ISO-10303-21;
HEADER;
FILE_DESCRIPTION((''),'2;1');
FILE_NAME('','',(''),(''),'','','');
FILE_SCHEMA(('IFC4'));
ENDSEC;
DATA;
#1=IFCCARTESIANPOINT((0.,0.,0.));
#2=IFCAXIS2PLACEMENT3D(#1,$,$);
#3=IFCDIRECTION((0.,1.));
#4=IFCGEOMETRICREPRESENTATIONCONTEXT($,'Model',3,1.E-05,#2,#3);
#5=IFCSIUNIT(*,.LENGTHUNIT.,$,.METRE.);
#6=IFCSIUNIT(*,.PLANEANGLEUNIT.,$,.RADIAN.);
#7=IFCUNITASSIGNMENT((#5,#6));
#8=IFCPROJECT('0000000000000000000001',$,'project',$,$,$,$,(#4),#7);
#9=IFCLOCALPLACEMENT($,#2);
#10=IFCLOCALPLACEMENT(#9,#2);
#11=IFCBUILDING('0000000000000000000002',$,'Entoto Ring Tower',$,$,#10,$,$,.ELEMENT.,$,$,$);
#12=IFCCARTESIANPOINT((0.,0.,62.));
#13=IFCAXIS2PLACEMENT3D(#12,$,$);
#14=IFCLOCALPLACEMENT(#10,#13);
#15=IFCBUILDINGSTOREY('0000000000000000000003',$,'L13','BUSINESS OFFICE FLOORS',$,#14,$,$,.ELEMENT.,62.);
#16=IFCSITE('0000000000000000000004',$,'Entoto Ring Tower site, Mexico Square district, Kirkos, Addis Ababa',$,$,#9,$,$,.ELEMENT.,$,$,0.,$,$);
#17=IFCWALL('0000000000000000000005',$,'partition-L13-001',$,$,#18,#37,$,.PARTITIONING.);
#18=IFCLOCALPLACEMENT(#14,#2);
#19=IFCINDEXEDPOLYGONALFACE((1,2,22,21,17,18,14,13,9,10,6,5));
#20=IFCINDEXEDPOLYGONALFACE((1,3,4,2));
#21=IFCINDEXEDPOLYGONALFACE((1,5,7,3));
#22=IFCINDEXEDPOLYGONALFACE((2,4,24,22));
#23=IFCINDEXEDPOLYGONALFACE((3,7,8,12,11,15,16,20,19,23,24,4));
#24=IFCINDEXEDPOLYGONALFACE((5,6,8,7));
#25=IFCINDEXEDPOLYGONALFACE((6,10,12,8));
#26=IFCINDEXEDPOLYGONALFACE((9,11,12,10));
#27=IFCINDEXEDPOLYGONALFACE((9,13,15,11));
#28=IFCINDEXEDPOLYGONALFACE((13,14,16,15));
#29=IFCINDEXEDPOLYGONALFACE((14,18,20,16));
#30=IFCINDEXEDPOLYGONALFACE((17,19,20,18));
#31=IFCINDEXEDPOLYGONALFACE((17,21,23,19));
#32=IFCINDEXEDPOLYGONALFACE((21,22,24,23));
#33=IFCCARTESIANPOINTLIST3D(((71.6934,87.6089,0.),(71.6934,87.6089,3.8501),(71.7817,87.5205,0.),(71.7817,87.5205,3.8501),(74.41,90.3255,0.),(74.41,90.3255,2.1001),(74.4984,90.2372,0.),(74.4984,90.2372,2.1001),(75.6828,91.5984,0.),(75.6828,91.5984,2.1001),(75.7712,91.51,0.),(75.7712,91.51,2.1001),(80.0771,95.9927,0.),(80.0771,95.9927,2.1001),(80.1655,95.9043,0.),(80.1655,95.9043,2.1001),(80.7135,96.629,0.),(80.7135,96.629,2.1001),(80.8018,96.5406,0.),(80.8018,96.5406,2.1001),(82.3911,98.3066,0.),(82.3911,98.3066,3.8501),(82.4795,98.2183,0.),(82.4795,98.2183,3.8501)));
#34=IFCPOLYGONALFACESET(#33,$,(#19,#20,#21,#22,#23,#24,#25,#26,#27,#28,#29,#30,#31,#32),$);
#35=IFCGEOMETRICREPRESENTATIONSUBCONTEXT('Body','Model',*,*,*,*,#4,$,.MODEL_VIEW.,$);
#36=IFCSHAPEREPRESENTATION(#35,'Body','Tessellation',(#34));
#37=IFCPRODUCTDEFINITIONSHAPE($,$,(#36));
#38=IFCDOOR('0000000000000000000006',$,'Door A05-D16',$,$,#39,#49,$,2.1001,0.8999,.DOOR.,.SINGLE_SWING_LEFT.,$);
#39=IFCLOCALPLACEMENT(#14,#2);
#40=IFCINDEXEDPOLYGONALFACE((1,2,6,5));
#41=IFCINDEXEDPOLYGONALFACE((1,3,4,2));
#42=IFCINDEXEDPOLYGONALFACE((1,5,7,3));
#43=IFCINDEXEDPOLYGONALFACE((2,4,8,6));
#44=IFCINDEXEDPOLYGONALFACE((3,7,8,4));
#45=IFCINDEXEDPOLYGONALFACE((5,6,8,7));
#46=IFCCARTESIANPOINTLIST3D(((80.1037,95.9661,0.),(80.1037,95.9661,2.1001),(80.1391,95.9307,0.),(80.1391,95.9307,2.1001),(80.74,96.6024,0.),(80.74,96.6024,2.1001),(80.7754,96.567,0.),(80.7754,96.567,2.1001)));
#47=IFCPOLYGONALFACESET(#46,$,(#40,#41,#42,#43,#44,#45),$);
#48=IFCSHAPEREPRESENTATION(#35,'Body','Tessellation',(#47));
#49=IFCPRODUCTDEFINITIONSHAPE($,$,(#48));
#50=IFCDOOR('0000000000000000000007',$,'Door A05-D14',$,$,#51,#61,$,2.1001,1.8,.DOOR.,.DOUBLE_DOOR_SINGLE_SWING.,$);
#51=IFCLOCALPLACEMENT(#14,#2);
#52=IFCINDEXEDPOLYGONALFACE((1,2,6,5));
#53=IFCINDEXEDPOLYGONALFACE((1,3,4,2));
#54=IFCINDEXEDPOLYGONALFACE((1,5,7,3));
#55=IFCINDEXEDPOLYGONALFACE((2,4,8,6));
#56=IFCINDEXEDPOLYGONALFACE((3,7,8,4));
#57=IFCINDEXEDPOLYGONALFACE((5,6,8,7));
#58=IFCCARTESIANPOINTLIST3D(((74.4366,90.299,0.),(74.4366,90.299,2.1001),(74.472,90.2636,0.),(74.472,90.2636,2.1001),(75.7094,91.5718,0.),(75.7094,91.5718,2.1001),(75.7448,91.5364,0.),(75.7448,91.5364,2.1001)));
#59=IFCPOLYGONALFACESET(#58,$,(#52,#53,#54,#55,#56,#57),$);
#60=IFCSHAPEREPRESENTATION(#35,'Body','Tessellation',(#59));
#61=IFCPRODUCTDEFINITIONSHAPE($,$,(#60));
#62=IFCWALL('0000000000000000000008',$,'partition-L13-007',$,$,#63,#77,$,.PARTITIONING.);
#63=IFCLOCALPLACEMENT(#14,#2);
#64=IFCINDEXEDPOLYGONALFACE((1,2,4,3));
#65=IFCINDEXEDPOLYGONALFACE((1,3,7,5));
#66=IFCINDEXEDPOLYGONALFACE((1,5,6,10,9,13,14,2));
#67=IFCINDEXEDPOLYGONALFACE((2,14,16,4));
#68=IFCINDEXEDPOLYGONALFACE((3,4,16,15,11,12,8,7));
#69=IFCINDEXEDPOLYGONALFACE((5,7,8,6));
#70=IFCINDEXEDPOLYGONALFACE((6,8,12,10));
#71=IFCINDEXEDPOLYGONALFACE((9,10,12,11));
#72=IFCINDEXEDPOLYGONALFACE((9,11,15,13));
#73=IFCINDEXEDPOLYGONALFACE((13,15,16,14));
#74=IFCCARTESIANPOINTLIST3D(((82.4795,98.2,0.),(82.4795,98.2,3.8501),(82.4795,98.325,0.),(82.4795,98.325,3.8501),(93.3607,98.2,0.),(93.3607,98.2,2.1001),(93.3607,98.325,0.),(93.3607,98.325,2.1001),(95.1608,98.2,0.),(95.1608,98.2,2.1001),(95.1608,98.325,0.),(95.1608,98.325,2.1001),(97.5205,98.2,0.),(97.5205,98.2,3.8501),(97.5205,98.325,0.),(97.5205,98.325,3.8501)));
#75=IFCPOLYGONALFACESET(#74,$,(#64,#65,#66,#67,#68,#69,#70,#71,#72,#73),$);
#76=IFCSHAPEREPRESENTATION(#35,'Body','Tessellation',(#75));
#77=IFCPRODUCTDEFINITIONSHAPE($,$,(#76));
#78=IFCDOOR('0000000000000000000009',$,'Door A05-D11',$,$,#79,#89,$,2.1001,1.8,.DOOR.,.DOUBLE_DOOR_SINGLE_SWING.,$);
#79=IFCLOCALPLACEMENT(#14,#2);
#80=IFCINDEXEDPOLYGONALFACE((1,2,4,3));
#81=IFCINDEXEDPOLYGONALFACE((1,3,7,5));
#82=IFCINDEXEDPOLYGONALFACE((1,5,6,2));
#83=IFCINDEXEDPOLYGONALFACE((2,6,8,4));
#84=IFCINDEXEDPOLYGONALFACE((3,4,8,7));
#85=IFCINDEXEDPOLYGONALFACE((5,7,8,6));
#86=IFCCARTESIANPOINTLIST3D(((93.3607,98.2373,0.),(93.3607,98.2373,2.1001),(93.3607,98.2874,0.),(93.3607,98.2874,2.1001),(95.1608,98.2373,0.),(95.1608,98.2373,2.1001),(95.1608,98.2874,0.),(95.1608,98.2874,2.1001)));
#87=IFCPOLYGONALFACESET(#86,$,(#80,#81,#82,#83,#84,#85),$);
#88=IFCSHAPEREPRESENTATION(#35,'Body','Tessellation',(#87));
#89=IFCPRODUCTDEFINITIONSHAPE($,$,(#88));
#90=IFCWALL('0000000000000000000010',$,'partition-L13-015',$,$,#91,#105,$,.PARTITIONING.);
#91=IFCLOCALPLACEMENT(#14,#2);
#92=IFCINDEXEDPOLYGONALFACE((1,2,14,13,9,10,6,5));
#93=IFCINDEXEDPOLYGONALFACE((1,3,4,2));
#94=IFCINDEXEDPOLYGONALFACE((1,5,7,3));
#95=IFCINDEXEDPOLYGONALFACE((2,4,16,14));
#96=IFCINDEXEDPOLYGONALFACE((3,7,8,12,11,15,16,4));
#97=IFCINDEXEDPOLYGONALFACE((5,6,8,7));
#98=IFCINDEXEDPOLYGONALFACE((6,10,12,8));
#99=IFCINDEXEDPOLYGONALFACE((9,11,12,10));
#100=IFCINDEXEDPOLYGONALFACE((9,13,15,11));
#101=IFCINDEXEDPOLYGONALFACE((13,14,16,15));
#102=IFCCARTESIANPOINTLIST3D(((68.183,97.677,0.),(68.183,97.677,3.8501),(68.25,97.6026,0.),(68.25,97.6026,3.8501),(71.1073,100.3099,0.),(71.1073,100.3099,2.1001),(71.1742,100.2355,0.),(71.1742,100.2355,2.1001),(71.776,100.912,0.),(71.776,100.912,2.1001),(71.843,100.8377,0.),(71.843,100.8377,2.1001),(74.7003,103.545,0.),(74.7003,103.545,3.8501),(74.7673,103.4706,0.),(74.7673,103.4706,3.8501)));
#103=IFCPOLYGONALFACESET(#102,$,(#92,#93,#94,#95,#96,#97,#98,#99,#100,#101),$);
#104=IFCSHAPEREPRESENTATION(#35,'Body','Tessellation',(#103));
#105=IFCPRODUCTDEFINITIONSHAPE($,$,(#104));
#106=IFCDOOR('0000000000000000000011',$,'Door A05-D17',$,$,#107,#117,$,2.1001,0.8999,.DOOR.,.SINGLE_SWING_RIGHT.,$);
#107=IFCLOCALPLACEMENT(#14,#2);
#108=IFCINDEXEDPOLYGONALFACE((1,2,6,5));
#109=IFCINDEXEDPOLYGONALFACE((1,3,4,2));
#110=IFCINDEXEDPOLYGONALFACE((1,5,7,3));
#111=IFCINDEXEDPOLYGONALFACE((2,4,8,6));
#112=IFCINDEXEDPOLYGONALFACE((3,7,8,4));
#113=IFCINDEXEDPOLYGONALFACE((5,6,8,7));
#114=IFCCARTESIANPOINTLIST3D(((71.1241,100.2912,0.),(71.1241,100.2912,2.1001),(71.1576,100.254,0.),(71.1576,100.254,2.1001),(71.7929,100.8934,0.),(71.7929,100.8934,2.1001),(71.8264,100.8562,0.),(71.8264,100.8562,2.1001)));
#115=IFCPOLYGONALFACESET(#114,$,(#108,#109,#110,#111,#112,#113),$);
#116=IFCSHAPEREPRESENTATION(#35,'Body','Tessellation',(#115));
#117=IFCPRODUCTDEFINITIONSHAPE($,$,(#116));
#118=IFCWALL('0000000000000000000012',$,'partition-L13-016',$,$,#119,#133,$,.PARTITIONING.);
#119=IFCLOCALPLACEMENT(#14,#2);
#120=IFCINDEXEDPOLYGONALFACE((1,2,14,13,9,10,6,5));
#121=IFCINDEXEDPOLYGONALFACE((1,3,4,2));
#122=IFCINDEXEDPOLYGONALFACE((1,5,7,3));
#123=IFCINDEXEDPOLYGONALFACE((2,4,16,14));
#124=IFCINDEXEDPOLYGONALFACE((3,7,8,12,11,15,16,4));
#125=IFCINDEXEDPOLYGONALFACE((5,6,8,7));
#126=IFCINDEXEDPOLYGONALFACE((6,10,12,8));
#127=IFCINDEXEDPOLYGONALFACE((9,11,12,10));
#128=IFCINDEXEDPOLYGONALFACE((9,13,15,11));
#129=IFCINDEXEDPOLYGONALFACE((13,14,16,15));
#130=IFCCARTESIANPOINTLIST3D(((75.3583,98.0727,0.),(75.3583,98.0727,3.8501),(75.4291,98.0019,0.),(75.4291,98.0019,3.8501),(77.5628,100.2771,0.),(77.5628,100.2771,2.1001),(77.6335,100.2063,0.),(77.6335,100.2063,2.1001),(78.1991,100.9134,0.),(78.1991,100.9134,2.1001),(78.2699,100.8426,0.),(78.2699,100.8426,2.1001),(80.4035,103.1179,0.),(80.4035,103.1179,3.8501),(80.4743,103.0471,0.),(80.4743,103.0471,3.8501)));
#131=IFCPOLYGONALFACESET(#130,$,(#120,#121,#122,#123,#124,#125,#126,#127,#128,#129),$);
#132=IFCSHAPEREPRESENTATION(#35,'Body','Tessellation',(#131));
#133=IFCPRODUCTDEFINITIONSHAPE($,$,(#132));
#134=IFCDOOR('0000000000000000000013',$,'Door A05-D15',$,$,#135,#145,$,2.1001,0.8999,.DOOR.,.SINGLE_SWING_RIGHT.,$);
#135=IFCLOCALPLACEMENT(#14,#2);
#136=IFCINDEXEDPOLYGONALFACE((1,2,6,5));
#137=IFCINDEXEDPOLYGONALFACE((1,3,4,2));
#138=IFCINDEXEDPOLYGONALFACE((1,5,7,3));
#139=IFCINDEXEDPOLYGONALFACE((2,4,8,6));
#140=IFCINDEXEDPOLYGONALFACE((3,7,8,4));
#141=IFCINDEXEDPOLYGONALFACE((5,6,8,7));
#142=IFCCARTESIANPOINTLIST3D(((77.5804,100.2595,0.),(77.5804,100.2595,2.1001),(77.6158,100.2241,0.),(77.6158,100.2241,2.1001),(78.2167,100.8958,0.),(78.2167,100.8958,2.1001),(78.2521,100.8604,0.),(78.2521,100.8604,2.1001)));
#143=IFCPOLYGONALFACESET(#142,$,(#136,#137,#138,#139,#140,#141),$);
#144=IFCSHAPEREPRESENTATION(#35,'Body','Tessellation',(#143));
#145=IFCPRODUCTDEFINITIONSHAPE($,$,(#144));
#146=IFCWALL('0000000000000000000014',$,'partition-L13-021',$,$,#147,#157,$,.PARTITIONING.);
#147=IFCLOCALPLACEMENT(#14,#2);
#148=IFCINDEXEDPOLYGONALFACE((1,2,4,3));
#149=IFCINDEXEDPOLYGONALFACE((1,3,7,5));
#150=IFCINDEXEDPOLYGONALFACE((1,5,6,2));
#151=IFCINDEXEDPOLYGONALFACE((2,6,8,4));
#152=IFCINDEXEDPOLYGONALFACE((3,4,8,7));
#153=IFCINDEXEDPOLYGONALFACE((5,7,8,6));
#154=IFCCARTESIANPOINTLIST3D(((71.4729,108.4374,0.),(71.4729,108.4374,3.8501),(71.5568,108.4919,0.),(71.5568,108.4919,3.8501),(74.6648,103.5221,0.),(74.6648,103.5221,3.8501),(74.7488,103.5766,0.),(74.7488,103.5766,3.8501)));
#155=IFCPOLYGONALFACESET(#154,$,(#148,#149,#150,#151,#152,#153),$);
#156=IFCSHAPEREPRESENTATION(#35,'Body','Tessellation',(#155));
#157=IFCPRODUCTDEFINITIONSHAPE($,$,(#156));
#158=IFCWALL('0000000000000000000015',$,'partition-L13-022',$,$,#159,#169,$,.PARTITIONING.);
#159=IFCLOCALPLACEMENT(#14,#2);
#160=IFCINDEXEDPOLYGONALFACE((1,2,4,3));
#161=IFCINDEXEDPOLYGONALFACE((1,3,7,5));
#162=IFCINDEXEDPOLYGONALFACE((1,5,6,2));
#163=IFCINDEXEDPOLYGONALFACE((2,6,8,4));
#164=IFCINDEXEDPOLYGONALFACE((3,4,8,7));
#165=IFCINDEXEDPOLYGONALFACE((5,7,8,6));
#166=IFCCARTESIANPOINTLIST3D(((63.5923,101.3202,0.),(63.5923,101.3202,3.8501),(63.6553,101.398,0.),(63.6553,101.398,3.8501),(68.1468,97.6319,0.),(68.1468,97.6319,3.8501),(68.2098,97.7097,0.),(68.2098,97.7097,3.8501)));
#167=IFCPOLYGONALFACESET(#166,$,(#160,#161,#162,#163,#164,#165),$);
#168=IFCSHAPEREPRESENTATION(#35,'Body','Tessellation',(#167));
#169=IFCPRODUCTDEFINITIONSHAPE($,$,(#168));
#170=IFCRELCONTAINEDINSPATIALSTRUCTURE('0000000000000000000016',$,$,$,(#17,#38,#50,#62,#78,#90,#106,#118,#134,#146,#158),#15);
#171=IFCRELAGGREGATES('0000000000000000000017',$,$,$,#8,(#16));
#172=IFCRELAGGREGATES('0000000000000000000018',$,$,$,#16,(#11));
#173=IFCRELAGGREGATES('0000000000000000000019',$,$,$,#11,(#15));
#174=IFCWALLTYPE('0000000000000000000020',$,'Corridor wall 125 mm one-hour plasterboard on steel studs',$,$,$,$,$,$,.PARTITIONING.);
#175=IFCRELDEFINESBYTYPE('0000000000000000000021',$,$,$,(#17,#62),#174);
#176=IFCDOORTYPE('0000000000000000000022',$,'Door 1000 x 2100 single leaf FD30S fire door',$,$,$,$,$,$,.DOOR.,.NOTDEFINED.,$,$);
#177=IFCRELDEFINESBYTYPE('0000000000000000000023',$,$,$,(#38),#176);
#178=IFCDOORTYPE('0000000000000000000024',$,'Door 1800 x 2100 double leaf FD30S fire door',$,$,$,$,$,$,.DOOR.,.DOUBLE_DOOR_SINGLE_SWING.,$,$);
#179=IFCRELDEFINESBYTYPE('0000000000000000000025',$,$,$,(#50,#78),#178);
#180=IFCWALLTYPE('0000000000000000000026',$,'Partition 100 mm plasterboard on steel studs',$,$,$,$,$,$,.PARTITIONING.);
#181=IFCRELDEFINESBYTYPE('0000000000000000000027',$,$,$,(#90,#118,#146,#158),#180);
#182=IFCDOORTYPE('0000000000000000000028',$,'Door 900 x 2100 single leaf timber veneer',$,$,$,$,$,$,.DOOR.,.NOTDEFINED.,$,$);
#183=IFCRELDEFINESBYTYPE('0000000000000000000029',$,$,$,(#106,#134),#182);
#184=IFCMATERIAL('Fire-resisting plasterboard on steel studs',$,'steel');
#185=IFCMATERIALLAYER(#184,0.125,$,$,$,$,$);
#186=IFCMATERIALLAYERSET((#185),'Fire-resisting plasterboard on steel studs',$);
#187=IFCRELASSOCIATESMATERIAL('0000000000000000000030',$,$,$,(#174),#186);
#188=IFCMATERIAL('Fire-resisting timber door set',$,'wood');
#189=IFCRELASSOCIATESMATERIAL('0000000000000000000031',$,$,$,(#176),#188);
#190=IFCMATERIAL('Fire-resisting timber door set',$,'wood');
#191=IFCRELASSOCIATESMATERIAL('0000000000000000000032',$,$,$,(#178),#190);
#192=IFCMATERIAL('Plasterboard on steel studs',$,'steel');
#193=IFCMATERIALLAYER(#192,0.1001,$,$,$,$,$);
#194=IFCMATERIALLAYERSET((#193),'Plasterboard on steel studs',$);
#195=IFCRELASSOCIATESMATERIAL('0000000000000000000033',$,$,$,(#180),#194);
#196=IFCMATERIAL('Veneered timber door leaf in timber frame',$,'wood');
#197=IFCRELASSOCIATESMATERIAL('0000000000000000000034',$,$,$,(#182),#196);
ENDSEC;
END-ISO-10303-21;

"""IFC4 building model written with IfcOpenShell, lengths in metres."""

from ifc_helpers import new_model, si_unit, direction, frame, frame_2d, origin, place, context, subcontext, project, spatial, rectangle, extrude, material, layer, layer_set, type_object, element, fill, save


model = new_model("IFC4")

# Units and contexts
model_context = context("Model", 3, precision=1e-05, world=origin(), true_north=direction((0.0, 1.0)))
body_context = subcontext(model_context, "Body", "Model", "MODEL_VIEW")
ifc_project = project(units=[si_unit("LENGTHUNIT", "METRE"), si_unit("PLANEANGLEUNIT", "RADIAN")], contexts=[model_context])

# Site, building, storey
site_placement = place(None, origin())
site = spatial("IfcSite", under=ifc_project, at=site_placement, Name="Entoto Ring Tower site, Mexico Square district, Kirkos, Addis Ababa", CompositionType="ELEMENT", RefElevation=0.0)
building_placement = place(site_placement, origin())
building = spatial("IfcBuilding", under=site, at=building_placement, Name="Entoto Ring Tower", CompositionType="ELEMENT")
storey_placement = place(building_placement, frame((0.0, 0.0, 62.0)))
storey = spatial("IfcBuildingStorey", under=building, at=storey_placement, Name="L13", Description="BUSINESS OFFICE FLOORS", CompositionType="ELEMENT", Elevation=62.0)

# Wall, openings, doors
ifc_material_1 = material(Name="Fire-resisting plasterboard on steel studs", Category="steel")
ifc_layer_1 = layer(ifc_material_1, 0.125)
ifc_layer_set_1 = layer_set([ifc_layer_1], Name="Fire-resisting plasterboard on steel studs")
wall_type_1 = type_object("IfcWallType", Name="Corridor wall 125 mm one-hour plasterboard on steel studs", PredefinedType="PARTITIONING", material=ifc_layer_set_1)
wall_1_placement = place(storey_placement, frame((71.7375, 87.5647, 0.0), z_axis=(0.0, 0.0, 1.0), x_axis=(0.707107, 0.707107, 0.0)))
wall_1 = element("IfcWall", 1, at=wall_1_placement, inside=storey, type_object=wall_type_1, Name="partition-L13-001", PredefinedType="PARTITIONING", context=body_context, shape_type="SweptSolid", body=[
    extrude(rectangle(XDim=15.1289, YDim=0.125, at=frame_2d((7.5645, 0.0))), origin(), (0.0, 0.0, 1.0), 3.8501),
])
opening_1_placement = place(wall_1_placement, frame((3.842, 0.0, 0.0)))
opening_1 = element("IfcOpeningElement", 2, at=opening_1_placement, cuts=wall_1, PredefinedType="OPENING", context=body_context, shape_type="SweptSolid", body=[
    extrude(rectangle(XDim=1.8, YDim=2.1001, at=frame_2d((0.8999, 1.05))), frame((0.0, 0.0725, 0.0), z_axis=(0.0, -1.0, 0.0), x_axis=(1.0, 0.0, 0.0)), (0.0, 0.0, 1.0), 0.145),
])
opening_2_placement = place(wall_1_placement, frame((11.8564, 0.0, 0.0)))
opening_2 = element("IfcOpeningElement", 3, at=opening_2_placement, cuts=wall_1, PredefinedType="OPENING", context=body_context, shape_type="SweptSolid", body=[
    extrude(rectangle(XDim=0.8999, YDim=2.1001, at=frame_2d((0.45, 1.05))), frame((0.0, 0.0725, 0.0), z_axis=(0.0, -1.0, 0.0), x_axis=(1.0, 0.0, 0.0)), (0.0, 0.0, 1.0), 0.145),
])
ifc_material_2 = material(Name="Fire-resisting timber door set", Category="wood")
door_type_1 = type_object("IfcDoorType", Name="Door 1000 x 2100 single leaf FD30S fire door", OperationType="NOTDEFINED", PredefinedType="DOOR", material=ifc_material_2)
door_1_placement = place(opening_2_placement, origin())
door_1 = element("IfcDoor", 4, at=door_1_placement, inside=storey, type_object=door_type_1, Name="Door A05-D16", OperationType="SINGLE_SWING_LEFT", OverallHeight=2.1001, OverallWidth=0.8999, PredefinedType="DOOR", context=body_context, shape_type="SweptSolid", body=[
    extrude(rectangle(XDim=0.8999, YDim=2.1001, at=frame_2d((0.45, 1.05))), frame((0.0, 0.0249, 0.0), z_axis=(0.0, -1.0, 0.0), x_axis=(1.0, 0.0, 0.0)), (0.0, 0.0, 1.0), 0.05),
])
fill(opening_2, door_1)
ifc_material_3 = material(Name="Fire-resisting timber door set", Category="wood")
door_type_2 = type_object("IfcDoorType", Name="Door 1800 x 2100 double leaf FD30S fire door", OperationType="DOUBLE_DOOR_SINGLE_SWING", PredefinedType="DOOR", material=ifc_material_3)
door_2_placement = place(opening_1_placement, origin())
door_2 = element("IfcDoor", 5, at=door_2_placement, inside=storey, type_object=door_type_2, Name="Door A05-D14", OperationType="DOUBLE_DOOR_SINGLE_SWING", OverallHeight=2.1001, OverallWidth=1.8, PredefinedType="DOOR", context=body_context, shape_type="SweptSolid", body=[
    extrude(rectangle(XDim=1.8, YDim=2.1001, at=frame_2d((0.8999, 1.05))), frame((0.0, 0.0249, 0.0), z_axis=(0.0, -1.0, 0.0), x_axis=(1.0, 0.0, 0.0)), (0.0, 0.0, 1.0), 0.05),
])
fill(opening_1, door_2)

# Walls, openings, doors
wall_2_placement = place(storey_placement, frame((82.4795, 98.2625, 0.0), z_axis=(0.0, 0.0, 1.0), x_axis=(1.0, 0.0, 0.0)))
wall_2 = element("IfcWall", 6, at=wall_2_placement, inside=storey, type_object=wall_type_1, Name="partition-L13-007", PredefinedType="PARTITIONING", context=body_context, shape_type="SweptSolid", body=[
    extrude(rectangle(XDim=15.041, YDim=0.125, at=frame_2d((7.5205, 0.0))), origin(), (0.0, 0.0, 1.0), 3.8501),
])
opening_3_placement = place(wall_2_placement, frame((10.8813, 0.0, 0.0)))
opening_3 = element("IfcOpeningElement", 7, at=opening_3_placement, cuts=wall_2, PredefinedType="OPENING", context=body_context, shape_type="SweptSolid", body=[
    extrude(rectangle(XDim=1.8, YDim=2.1001, at=frame_2d((0.8999, 1.05))), frame((0.0, 0.0725, 0.0), z_axis=(0.0, -1.0, 0.0), x_axis=(1.0, 0.0, 0.0)), (0.0, 0.0, 1.0), 0.145),
])
door_3_placement = place(opening_3_placement, origin())
door_3 = element("IfcDoor", 8, at=door_3_placement, inside=storey, type_object=door_type_2, Name="Door A05-D11", OperationType="DOUBLE_DOOR_SINGLE_SWING", OverallHeight=2.1001, OverallWidth=1.8, PredefinedType="DOOR", context=body_context, shape_type="SweptSolid", body=[
    extrude(rectangle(XDim=1.8, YDim=2.1001, at=frame_2d((0.8999, 1.05))), frame((0.0, 0.0249, 0.0), z_axis=(0.0, -1.0, 0.0), x_axis=(1.0, 0.0, 0.0)), (0.0, 0.0, 1.0), 0.05),
])
fill(opening_3, door_3)
ifc_material_4 = material(Name="Plasterboard on steel studs", Category="steel")
ifc_layer_2 = layer(ifc_material_4, 0.1001)
ifc_layer_set_2 = layer_set([ifc_layer_2], Name="Plasterboard on steel studs")
wall_type_2 = type_object("IfcWallType", Name="Partition 100 mm plasterboard on steel studs", PredefinedType="PARTITIONING", material=ifc_layer_set_2)
wall_3_placement = place(storey_placement, frame((68.2166, 97.6399, 0.0), z_axis=(0.0, 0.0, 1.0), x_axis=(0.743163, 0.669111, 0.0)))
wall_3 = element("IfcWall", 9, at=wall_3_placement, inside=storey, type_object=wall_type_2, Name="partition-L13-015", PredefinedType="PARTITIONING", context=body_context, shape_type="SweptSolid", body=[
    extrude(rectangle(XDim=8.7698, YDim=0.1001, at=frame_2d((4.3848, 0.0))), origin(), (0.0, 0.0, 1.0), 3.8501),
])
opening_4_placement = place(wall_3_placement, frame((3.9348, 0.0, 0.0)))
opening_4 = element("IfcOpeningElement", 10, at=opening_4_placement, cuts=wall_3, PredefinedType="OPENING", context=body_context, shape_type="SweptSolid", body=[
    extrude(rectangle(XDim=0.8999, YDim=2.1001, at=frame_2d((0.45, 1.05))), frame((0.0, 0.0601, 0.0), z_axis=(0.0, -1.0, 0.0), x_axis=(1.0, 0.0, 0.0)), (0.0, 0.0, 1.0), 0.1201),
])
ifc_material_5 = material(Name="Veneered timber door leaf in timber frame", Category="wood")
door_type_3 = type_object("IfcDoorType", Name="Door 900 x 2100 single leaf timber veneer", OperationType="NOTDEFINED", PredefinedType="DOOR", material=ifc_material_5)
door_4_placement = place(opening_4_placement, origin())
door_4 = element("IfcDoor", 11, at=door_4_placement, inside=storey, type_object=door_type_3, Name="Door A05-D17", OperationType="SINGLE_SWING_RIGHT", OverallHeight=2.1001, OverallWidth=0.8999, PredefinedType="DOOR", context=body_context, shape_type="SweptSolid", body=[
    extrude(rectangle(XDim=0.8999, YDim=2.1001, at=frame_2d((0.45, 1.05))), frame((0.0, 0.0249, 0.0), z_axis=(0.0, -1.0, 0.0), x_axis=(1.0, 0.0, 0.0)), (0.0, 0.0, 1.0), 0.05),
])
fill(opening_4, door_4)
wall_4_placement = place(storey_placement, frame((75.3938, 98.0374, 0.0), z_axis=(0.0, 0.0, 1.0), x_axis=(0.707107, 0.707107, 0.0)))
wall_4 = element("IfcWall", 12, at=wall_4_placement, inside=storey, type_object=wall_type_2, Name="partition-L13-016", PredefinedType="PARTITIONING", context=body_context, shape_type="SweptSolid", body=[
    extrude(rectangle(XDim=7.135, YDim=0.1001, at=frame_2d((3.5674, 0.0))), origin(), (0.0, 0.0, 1.0), 3.8501),
])
opening_5_placement = place(wall_4_placement, frame((3.1174, 0.0, 0.0)))
opening_5 = element("IfcOpeningElement", 13, at=opening_5_placement, cuts=wall_4, PredefinedType="OPENING", context=body_context, shape_type="SweptSolid", body=[
    extrude(rectangle(XDim=0.8999, YDim=2.1001, at=frame_2d((0.45, 1.05))), frame((0.0, 0.0601, 0.0), z_axis=(0.0, -1.0, 0.0), x_axis=(1.0, 0.0, 0.0)), (0.0, 0.0, 1.0), 0.1201),
])
door_5_placement = place(opening_5_placement, frame((0.8999, 0.0, 0.0), z_axis=(0.0, 0.0, 1.0), x_axis=(-1.0, 0.0, 0.0)))
door_5 = element("IfcDoor", 14, at=door_5_placement, inside=storey, type_object=door_type_3, Name="Door A05-D15", OperationType="SINGLE_SWING_RIGHT", OverallHeight=2.1001, OverallWidth=0.8999, PredefinedType="DOOR", context=body_context, shape_type="SweptSolid", body=[
    extrude(rectangle(XDim=0.8999, YDim=2.1001, at=frame_2d((0.45, 1.05))), frame((0.0, 0.0249, 0.0), z_axis=(0.0, -1.0, 0.0), x_axis=(1.0, 0.0, 0.0)), (0.0, 0.0, 1.0), 0.05),
])
fill(opening_5, door_5)

# Walls
wall_5_placement = place(storey_placement, frame((74.7068, 103.5493, 0.0), z_axis=(0.0, 0.0, 1.0), x_axis=(-0.544624, 0.838681, 0.0)))
element("IfcWall", 15, at=wall_5_placement, inside=storey, type_object=wall_type_2, Name="partition-L13-021", PredefinedType="PARTITIONING", context=body_context, shape_type="SweptSolid", body=[
    extrude(rectangle(XDim=5.8608, YDim=0.1001, at=frame_2d((2.9304, 0.0))), origin(), (0.0, 0.0, 1.0), 3.8501),
])
wall_6_placement = place(storey_placement, frame((68.1782, 97.6709, 0.0), z_axis=(0.0, 0.0, 1.0), x_axis=(-0.777136, 0.629332, 0.0)))
element("IfcWall", 16, at=wall_6_placement, inside=storey, type_object=wall_type_2, Name="partition-L13-022", PredefinedType="PARTITIONING", context=body_context, shape_type="SweptSolid", body=[
    extrude(rectangle(XDim=5.8606, YDim=0.1001, at=frame_2d((2.9302, 0.0))), origin(), (0.0, 0.0, 1.0), 3.8501),
])

save(model, "model.ifc")
